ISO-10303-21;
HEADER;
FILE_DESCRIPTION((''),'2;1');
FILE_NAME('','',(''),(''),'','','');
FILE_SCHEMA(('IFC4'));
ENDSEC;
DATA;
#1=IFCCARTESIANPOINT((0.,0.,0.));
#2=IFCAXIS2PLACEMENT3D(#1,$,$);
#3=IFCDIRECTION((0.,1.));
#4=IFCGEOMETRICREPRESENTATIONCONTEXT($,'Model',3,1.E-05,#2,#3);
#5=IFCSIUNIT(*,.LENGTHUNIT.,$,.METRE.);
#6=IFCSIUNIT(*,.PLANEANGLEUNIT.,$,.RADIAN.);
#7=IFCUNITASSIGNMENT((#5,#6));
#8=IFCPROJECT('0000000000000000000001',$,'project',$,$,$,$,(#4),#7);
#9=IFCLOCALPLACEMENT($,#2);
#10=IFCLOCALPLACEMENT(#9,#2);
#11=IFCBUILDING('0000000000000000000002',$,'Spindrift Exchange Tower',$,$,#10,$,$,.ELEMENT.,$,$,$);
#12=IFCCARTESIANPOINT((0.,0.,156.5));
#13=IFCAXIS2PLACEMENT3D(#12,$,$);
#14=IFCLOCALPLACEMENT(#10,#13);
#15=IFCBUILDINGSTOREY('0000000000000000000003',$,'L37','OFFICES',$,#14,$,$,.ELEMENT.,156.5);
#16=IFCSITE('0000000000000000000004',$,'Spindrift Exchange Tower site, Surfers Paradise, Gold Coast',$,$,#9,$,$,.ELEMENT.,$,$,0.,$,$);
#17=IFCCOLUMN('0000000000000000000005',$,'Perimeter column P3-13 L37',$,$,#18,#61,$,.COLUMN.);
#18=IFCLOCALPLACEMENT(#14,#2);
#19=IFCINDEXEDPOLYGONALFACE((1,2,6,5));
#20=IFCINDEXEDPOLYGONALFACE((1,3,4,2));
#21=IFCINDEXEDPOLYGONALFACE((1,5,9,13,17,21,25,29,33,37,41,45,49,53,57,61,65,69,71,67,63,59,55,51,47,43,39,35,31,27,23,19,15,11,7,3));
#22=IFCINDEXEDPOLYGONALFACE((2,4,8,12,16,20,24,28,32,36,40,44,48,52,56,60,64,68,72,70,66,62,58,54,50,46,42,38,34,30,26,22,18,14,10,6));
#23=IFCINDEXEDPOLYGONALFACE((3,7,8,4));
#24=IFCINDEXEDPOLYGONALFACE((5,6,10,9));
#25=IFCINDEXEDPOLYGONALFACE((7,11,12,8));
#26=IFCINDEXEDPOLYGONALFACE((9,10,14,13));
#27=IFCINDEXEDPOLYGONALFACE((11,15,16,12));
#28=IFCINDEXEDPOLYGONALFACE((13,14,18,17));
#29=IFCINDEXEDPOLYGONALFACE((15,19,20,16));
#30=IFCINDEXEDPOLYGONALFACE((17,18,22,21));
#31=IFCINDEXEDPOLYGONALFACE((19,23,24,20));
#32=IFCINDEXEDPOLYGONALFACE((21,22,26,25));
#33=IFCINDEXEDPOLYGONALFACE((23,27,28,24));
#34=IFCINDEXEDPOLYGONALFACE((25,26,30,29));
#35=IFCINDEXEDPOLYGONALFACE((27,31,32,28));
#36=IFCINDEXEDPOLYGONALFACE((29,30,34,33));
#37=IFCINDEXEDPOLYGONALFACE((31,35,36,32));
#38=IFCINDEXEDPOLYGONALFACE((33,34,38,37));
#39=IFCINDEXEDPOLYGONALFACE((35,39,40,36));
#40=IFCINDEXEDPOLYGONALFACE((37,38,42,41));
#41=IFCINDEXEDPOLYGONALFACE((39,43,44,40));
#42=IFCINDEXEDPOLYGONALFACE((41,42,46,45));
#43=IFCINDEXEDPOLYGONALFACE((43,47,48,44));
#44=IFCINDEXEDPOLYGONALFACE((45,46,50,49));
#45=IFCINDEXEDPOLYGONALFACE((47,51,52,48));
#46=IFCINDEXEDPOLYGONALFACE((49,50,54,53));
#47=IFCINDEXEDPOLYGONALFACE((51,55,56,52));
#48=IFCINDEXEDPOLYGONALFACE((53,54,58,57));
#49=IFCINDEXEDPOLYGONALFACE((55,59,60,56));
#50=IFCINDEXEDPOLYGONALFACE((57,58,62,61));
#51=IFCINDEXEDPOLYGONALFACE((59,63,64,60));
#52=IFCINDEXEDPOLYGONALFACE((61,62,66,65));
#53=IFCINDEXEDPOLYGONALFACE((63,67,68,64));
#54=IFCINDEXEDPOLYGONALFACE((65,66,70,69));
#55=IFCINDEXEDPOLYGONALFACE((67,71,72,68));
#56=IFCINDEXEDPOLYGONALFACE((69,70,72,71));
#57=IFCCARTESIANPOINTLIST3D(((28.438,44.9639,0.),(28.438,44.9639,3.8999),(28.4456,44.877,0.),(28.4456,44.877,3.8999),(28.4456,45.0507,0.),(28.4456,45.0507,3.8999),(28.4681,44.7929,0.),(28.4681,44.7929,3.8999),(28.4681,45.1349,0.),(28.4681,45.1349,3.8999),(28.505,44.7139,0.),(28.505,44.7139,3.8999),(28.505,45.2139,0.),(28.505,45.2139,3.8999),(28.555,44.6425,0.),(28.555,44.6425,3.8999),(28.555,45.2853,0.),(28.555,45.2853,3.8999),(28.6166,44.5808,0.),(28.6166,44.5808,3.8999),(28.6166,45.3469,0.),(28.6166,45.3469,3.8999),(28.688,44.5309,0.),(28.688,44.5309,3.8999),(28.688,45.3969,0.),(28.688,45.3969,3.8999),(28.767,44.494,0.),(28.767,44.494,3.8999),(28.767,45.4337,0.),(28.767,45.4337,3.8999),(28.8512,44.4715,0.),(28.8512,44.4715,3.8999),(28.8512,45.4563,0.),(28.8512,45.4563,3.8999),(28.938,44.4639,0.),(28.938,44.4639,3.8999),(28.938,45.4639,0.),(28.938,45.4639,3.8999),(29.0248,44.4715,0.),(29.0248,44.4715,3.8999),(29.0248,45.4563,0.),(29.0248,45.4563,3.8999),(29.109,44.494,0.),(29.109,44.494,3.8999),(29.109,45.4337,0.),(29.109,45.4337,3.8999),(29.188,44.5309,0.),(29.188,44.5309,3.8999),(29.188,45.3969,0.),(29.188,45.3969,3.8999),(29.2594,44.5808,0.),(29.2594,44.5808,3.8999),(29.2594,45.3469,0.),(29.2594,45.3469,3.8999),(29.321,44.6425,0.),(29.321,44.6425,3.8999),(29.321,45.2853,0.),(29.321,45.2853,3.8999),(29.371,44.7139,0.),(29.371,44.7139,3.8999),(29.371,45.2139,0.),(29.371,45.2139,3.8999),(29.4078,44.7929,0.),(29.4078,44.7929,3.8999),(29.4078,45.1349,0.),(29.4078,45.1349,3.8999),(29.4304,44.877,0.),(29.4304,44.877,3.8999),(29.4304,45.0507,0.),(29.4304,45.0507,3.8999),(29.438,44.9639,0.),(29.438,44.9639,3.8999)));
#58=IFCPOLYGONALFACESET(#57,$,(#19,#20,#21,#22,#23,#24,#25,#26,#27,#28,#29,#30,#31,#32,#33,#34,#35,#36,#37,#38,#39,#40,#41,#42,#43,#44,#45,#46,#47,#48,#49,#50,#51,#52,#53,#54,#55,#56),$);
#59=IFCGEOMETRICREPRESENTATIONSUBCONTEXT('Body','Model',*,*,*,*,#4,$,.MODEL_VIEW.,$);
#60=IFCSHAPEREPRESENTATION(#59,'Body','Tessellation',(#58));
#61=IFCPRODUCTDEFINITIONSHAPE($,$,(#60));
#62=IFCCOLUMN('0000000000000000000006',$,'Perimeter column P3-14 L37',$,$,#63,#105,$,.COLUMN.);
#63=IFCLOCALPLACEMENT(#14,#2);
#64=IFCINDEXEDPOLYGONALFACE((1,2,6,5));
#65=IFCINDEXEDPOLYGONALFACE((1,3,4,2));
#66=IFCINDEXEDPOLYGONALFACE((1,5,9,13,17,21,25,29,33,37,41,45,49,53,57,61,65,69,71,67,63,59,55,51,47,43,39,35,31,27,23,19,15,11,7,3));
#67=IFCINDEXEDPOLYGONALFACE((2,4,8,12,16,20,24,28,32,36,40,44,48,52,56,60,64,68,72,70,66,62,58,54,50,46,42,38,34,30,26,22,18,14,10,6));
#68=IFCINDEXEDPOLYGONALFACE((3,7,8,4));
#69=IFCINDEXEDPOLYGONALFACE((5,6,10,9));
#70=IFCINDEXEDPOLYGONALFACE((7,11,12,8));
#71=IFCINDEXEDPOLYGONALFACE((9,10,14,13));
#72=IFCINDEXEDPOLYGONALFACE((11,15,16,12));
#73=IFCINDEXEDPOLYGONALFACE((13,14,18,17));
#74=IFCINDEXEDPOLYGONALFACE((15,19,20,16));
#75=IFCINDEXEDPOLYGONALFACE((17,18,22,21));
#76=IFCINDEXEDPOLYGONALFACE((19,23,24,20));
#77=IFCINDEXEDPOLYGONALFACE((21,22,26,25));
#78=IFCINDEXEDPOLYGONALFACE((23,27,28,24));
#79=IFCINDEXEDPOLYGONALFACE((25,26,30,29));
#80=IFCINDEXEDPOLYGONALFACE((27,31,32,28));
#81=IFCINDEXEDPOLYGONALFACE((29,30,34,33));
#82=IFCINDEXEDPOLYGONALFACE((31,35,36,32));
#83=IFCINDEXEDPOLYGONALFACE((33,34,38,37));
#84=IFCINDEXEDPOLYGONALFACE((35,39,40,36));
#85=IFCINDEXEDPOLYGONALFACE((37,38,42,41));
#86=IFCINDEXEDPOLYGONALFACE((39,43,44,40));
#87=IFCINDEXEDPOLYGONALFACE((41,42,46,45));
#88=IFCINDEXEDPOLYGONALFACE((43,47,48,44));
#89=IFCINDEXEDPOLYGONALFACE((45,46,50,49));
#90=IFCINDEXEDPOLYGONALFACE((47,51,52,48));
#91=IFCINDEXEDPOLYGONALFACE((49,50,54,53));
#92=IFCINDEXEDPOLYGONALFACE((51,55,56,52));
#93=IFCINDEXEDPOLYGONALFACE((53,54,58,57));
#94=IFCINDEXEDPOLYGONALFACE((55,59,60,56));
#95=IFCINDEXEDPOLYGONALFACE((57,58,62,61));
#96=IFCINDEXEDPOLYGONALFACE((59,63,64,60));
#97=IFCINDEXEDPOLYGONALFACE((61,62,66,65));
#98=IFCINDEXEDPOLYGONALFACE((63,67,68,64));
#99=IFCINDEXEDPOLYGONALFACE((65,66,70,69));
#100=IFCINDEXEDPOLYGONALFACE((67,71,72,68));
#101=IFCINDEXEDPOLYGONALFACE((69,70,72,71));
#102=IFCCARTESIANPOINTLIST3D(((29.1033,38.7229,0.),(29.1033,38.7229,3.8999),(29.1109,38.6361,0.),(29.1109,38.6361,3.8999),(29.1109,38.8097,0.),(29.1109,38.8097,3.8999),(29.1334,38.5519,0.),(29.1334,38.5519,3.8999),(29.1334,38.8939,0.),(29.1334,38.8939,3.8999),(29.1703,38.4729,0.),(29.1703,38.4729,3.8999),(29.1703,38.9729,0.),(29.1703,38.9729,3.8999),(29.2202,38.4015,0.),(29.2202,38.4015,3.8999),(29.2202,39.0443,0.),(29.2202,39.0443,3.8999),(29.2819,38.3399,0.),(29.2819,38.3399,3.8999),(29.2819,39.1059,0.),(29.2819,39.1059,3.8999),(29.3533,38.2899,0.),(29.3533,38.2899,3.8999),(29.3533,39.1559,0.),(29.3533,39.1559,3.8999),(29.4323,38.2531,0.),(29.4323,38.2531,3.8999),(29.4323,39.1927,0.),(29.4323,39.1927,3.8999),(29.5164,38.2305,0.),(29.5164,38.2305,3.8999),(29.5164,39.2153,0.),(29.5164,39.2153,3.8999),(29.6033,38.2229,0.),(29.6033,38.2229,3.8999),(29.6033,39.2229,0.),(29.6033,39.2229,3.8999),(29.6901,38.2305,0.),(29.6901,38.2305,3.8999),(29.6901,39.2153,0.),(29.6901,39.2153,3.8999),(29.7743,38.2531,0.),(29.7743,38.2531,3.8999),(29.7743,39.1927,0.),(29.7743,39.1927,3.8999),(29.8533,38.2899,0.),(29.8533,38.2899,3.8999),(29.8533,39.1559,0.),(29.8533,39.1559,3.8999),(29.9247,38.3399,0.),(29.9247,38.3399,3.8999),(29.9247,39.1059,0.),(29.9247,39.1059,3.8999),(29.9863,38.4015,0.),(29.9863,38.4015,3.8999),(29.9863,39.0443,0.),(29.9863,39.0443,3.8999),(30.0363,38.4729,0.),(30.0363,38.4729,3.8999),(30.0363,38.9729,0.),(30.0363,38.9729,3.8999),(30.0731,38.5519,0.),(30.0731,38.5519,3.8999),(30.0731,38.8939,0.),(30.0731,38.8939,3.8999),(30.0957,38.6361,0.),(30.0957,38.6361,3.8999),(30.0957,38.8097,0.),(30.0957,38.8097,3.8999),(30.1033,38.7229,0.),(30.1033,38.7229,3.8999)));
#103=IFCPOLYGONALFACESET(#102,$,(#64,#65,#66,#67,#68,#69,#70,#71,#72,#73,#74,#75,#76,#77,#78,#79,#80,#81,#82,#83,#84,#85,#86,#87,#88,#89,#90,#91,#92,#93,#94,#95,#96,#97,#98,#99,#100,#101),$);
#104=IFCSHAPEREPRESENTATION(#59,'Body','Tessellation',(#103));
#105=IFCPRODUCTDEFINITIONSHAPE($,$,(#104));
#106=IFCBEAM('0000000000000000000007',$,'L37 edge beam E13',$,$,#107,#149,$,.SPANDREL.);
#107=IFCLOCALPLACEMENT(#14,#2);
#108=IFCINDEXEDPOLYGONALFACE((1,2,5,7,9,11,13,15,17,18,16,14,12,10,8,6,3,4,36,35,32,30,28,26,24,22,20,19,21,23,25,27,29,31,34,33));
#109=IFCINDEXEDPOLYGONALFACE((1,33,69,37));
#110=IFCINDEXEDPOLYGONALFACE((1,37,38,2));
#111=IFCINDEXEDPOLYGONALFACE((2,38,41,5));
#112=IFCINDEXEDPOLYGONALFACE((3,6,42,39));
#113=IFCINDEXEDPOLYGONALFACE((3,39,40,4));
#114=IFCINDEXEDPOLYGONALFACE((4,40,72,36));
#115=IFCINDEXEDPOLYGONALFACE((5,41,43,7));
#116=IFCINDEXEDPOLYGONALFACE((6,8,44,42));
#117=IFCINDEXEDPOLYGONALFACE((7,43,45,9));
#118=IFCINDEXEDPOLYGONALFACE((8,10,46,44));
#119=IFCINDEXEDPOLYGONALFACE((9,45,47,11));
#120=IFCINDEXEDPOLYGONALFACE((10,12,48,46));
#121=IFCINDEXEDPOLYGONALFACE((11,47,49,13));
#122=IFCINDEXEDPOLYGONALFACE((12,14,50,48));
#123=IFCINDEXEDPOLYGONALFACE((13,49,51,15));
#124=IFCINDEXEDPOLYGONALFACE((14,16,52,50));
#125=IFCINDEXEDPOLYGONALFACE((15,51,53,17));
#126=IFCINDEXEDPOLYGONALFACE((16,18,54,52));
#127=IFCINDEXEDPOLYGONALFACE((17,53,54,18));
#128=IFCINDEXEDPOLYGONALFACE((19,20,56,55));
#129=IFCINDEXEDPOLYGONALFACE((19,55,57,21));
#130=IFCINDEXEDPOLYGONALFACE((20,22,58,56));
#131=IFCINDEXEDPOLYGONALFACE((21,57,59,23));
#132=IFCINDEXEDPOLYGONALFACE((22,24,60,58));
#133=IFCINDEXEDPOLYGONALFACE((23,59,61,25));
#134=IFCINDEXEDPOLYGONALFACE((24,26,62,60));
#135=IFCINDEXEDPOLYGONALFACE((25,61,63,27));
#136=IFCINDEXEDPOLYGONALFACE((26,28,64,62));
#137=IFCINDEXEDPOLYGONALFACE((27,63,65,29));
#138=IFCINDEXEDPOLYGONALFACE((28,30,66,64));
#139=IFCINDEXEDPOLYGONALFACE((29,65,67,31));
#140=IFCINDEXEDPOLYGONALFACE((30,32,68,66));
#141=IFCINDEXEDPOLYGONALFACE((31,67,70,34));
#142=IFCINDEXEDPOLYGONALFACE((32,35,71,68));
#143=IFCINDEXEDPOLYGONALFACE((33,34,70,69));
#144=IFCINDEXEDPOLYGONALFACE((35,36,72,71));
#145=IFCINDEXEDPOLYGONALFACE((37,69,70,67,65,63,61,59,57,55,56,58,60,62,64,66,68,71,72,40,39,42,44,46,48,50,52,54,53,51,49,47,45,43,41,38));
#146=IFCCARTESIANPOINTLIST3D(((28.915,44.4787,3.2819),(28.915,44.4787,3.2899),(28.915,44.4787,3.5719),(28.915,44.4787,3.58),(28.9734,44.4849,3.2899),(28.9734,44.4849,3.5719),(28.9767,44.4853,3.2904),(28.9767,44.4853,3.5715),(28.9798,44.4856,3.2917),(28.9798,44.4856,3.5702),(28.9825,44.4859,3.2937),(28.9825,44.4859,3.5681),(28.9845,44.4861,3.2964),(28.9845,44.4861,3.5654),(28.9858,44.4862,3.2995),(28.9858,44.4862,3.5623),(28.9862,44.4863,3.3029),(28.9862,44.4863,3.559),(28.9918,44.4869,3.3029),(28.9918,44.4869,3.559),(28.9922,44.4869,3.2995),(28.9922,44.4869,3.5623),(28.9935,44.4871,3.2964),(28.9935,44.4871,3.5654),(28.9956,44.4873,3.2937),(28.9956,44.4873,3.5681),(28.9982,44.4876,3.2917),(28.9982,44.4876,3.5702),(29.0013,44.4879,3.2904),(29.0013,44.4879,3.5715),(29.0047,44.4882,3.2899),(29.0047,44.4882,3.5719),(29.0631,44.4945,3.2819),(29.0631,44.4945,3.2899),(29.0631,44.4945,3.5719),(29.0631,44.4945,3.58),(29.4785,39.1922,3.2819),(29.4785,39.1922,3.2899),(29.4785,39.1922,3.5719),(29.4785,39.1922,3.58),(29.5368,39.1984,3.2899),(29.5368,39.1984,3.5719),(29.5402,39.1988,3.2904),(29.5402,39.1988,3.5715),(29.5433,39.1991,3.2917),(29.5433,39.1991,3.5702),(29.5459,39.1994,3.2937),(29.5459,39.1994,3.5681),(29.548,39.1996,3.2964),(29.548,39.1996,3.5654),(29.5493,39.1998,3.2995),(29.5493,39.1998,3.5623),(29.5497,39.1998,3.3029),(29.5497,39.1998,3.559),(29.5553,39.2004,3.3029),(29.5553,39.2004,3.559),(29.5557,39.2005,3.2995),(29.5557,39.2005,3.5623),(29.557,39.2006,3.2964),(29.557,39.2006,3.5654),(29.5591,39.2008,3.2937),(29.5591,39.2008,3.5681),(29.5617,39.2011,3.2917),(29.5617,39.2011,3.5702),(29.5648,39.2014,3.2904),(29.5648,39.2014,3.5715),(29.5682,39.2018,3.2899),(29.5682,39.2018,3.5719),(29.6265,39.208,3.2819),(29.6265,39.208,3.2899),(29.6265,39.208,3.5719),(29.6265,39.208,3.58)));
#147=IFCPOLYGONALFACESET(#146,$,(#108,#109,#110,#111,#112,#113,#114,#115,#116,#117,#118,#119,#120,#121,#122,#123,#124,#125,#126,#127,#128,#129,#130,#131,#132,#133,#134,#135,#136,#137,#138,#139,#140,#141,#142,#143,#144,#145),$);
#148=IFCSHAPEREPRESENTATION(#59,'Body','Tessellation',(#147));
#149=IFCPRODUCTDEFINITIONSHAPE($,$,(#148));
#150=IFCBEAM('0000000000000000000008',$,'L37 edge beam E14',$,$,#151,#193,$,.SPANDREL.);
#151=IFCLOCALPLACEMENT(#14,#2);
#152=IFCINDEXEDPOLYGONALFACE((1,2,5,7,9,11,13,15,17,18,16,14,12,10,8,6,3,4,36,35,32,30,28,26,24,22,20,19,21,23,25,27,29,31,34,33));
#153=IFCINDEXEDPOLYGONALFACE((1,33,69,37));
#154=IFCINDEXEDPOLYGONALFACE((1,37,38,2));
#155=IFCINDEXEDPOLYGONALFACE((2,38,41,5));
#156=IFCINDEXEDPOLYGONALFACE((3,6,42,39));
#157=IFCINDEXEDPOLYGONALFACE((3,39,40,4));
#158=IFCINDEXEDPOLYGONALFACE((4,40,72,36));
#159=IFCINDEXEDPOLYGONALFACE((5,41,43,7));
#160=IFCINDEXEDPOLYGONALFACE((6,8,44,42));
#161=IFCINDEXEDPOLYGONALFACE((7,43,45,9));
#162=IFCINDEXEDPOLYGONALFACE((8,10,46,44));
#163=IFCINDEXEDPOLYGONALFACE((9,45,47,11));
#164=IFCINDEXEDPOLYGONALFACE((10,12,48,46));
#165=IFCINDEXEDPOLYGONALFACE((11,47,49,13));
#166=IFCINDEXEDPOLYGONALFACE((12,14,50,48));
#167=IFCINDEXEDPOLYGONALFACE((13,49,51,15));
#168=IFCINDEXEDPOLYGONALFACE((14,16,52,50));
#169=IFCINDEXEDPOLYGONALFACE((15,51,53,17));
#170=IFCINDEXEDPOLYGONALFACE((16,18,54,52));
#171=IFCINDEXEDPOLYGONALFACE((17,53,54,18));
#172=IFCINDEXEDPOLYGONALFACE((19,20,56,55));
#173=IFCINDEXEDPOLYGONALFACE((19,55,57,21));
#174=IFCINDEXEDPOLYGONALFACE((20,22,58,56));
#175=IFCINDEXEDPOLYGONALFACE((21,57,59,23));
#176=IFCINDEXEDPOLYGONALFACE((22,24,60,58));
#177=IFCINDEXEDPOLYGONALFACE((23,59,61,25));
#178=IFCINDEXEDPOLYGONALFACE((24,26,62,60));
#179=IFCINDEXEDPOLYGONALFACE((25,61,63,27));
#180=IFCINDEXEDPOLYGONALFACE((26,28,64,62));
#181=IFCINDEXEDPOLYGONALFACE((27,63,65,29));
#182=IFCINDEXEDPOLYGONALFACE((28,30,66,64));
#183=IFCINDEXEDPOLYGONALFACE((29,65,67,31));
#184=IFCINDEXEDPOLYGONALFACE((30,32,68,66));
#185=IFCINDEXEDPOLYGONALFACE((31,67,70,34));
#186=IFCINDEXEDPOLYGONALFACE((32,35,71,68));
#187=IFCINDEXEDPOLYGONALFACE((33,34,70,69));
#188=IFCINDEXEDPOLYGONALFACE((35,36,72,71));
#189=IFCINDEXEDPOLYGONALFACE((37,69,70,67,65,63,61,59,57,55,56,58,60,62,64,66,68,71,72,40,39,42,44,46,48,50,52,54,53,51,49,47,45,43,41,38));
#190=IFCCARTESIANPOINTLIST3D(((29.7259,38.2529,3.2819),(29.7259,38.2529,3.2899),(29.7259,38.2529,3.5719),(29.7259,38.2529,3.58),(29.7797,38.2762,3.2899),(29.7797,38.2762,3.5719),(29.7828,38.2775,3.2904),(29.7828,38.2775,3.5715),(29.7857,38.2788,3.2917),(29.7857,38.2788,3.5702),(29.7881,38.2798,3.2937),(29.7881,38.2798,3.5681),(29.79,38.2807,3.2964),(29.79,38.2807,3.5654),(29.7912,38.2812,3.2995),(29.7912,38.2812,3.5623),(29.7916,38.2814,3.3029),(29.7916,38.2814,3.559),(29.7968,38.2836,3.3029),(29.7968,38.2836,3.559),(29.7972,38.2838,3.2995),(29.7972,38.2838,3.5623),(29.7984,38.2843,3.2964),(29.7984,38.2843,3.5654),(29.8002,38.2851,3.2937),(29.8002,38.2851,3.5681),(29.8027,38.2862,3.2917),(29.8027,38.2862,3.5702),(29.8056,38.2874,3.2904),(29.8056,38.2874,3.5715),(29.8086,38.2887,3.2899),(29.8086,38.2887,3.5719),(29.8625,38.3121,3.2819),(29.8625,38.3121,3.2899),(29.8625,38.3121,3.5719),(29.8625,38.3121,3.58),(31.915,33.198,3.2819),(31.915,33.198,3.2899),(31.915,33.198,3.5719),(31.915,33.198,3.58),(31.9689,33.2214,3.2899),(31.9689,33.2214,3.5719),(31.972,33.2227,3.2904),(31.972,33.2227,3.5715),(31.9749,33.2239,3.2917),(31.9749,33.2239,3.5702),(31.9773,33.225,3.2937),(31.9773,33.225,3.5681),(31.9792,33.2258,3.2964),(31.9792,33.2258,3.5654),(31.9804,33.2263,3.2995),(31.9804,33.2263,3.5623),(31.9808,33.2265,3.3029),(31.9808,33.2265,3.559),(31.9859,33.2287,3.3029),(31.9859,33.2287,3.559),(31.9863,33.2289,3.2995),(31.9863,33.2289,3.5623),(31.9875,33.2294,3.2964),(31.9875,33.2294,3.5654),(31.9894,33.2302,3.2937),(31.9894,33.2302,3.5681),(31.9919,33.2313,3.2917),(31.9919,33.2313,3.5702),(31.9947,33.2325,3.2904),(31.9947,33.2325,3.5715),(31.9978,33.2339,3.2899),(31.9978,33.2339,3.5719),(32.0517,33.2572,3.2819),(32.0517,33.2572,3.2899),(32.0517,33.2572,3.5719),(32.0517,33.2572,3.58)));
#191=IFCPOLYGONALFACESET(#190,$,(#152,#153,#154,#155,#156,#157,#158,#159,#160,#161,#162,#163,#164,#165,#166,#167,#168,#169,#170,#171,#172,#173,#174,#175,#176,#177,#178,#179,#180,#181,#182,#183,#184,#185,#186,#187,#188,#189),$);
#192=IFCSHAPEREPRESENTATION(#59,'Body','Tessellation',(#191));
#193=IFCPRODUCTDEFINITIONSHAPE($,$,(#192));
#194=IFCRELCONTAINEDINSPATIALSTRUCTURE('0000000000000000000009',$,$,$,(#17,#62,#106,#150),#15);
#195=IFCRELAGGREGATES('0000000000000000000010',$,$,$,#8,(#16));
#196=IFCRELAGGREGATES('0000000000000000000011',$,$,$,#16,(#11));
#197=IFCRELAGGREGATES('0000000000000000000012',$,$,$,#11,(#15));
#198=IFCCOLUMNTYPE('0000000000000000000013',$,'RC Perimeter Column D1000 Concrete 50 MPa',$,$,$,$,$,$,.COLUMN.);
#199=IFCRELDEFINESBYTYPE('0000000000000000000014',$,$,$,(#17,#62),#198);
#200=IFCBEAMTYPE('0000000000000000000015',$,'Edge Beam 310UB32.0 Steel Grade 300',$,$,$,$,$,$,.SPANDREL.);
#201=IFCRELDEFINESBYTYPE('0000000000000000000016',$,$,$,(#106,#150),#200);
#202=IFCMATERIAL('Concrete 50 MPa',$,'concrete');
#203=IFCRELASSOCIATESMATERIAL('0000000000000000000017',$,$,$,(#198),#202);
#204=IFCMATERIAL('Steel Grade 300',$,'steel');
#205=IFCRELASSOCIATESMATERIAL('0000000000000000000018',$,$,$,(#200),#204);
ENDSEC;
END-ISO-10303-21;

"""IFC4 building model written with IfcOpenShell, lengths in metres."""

from ifc_helpers import new_model, si_unit, direction, frame, origin, origin_2d, place, context, subcontext, project, spatial, circle, i_section, extrude, source, transform, mapped, material, material_profile, profile_set, type_object, element, save


model = new_model("IFC4")

# Units and contexts
model_context = context("Model", 3, precision=1e-05, world=origin(), true_north=direction((0.0, 1.0)))
body_context = subcontext(model_context, "Body", "Model", "MODEL_VIEW")
ifc_project = project(units=[si_unit("LENGTHUNIT", "METRE"), si_unit("PLANEANGLEUNIT", "RADIAN")], contexts=[model_context])

# Site, building, storey
site_placement = place(None, origin())
site = spatial("IfcSite", under=ifc_project, at=site_placement, Name="Spindrift Exchange Tower site, Surfers Paradise, Gold Coast", CompositionType="ELEMENT", RefElevation=0.0)
building_placement = place(site_placement, origin())
building = spatial("IfcBuilding", under=site, at=building_placement, Name="Spindrift Exchange Tower", CompositionType="ELEMENT")
storey_placement = place(building_placement, frame((0.0, 0.0, 156.5)))
storey = spatial("IfcBuildingStorey", under=building, at=storey_placement, Name="L37", Description="OFFICES", CompositionType="ELEMENT", Elevation=156.5)

# Columns
ifc_material_1 = material(Name="Concrete 50 MPa", Category="concrete")
ifc_material_profile_1 = material_profile(ifc_material_1, circle(Radius=0.5, at=origin_2d()), Name="RC D1000")
ifc_profile_set_1 = profile_set([ifc_material_profile_1], Name="Concrete 50 MPa")
column_type = type_object("IfcColumnType", Name="RC Perimeter Column D1000 Concrete 50 MPa", PredefinedType="COLUMN", material=ifc_profile_set_1)
shared_shape_1 = source(origin(), body_context, "Body", "SweptSolid", [
    extrude(circle(Radius=0.5, at=origin_2d()), origin(), (0.0, 0.0, 1.0), 3.8999),
])
for number, where, z_axis, x_axis, name in (
    (1, (28.938, 44.9639, 0.0), (0.0, 0.0, 1.0), (1.0, 0.0, 0.0), "Perimeter column P3-13 L37"),
    (2, (29.6033, 38.7229, 0.0), (0.0, 0.0, 1.0), (1.0, 0.0, 0.0), "Perimeter column P3-14 L37"),
):
    element("IfcColumn", number, at=place(storey_placement, frame(where, z_axis=z_axis, x_axis=x_axis)), inside=storey, type_object=column_type, Name=name, PredefinedType="COLUMN", context=body_context, shape_type="MappedRepresentation", body=[
        mapped(shared_shape_1, transform((0.0, 0.0, 0.0), scale=1.0)),
    ])

# Beams
ifc_material_2 = material(Name="Steel Grade 300", Category="steel")
ifc_material_profile_2 = material_profile(ifc_material_2, i_section(OverallWidth=0.1489, OverallDepth=0.2981, WebThickness=0.0056, FlangeThickness=0.0081, FilletRadius=0.0129, at=origin_2d()), Name="310UB32.0")
ifc_profile_set_2 = profile_set([ifc_material_profile_2], Name="Steel Grade 300")
beam_type_1 = type_object("IfcBeamType", Name="Edge Beam 310UB32.0 Steel Grade 300", PredefinedType="SPANDREL", material=ifc_profile_set_2)
shared_shape_2 = source(origin(), body_context, "Body", "SweptSolid", [
    extrude(i_section(OverallWidth=0.1489, OverallDepth=0.2981, WebThickness=0.0056, FlangeThickness=0.0081, FilletRadius=0.0129, at=origin_2d()), origin(), (0.0, 0.0, 1.0), 5.3164),
])
beam_1_placement = place(storey_placement, frame((28.989, 44.4866, 3.4309), z_axis=(0.10599, -0.994367, 0.0), x_axis=(0.994367, 0.10599, 0.0)))
element("IfcBeam", 3, at=beam_1_placement, inside=storey, type_object=beam_type_1, Name="L37 edge beam E13", PredefinedType="SPANDREL", context=body_context, shape_type="MappedRepresentation", body=[
    mapped(shared_shape_2, transform((0.0, 0.0, 0.0), scale=1.0)),
])
shared_shape_3 = source(origin(), body_context, "Body", "SweptSolid", [
    extrude(i_section(OverallWidth=0.1489, OverallDepth=0.2981, WebThickness=0.0056, FlangeThickness=0.0081, FilletRadius=0.0129, at=origin_2d()), origin(), (0.0, 0.0, 1.0), 5.5085),
])
beam_2_placement = place(storey_placement, frame((29.7942, 38.2825, 3.4309), z_axis=(0.397415, -0.917639, 0.0), x_axis=(0.917639, 0.397415, 0.0)))
element("IfcBeam", 4, at=beam_2_placement, inside=storey, type_object=beam_type_1, Name="L37 edge beam E14", PredefinedType="SPANDREL", context=body_context, shape_type="MappedRepresentation", body=[
    mapped(shared_shape_3, transform((0.0, 0.0, 0.0), scale=1.0)),
])

save(model, "model.ifc")
